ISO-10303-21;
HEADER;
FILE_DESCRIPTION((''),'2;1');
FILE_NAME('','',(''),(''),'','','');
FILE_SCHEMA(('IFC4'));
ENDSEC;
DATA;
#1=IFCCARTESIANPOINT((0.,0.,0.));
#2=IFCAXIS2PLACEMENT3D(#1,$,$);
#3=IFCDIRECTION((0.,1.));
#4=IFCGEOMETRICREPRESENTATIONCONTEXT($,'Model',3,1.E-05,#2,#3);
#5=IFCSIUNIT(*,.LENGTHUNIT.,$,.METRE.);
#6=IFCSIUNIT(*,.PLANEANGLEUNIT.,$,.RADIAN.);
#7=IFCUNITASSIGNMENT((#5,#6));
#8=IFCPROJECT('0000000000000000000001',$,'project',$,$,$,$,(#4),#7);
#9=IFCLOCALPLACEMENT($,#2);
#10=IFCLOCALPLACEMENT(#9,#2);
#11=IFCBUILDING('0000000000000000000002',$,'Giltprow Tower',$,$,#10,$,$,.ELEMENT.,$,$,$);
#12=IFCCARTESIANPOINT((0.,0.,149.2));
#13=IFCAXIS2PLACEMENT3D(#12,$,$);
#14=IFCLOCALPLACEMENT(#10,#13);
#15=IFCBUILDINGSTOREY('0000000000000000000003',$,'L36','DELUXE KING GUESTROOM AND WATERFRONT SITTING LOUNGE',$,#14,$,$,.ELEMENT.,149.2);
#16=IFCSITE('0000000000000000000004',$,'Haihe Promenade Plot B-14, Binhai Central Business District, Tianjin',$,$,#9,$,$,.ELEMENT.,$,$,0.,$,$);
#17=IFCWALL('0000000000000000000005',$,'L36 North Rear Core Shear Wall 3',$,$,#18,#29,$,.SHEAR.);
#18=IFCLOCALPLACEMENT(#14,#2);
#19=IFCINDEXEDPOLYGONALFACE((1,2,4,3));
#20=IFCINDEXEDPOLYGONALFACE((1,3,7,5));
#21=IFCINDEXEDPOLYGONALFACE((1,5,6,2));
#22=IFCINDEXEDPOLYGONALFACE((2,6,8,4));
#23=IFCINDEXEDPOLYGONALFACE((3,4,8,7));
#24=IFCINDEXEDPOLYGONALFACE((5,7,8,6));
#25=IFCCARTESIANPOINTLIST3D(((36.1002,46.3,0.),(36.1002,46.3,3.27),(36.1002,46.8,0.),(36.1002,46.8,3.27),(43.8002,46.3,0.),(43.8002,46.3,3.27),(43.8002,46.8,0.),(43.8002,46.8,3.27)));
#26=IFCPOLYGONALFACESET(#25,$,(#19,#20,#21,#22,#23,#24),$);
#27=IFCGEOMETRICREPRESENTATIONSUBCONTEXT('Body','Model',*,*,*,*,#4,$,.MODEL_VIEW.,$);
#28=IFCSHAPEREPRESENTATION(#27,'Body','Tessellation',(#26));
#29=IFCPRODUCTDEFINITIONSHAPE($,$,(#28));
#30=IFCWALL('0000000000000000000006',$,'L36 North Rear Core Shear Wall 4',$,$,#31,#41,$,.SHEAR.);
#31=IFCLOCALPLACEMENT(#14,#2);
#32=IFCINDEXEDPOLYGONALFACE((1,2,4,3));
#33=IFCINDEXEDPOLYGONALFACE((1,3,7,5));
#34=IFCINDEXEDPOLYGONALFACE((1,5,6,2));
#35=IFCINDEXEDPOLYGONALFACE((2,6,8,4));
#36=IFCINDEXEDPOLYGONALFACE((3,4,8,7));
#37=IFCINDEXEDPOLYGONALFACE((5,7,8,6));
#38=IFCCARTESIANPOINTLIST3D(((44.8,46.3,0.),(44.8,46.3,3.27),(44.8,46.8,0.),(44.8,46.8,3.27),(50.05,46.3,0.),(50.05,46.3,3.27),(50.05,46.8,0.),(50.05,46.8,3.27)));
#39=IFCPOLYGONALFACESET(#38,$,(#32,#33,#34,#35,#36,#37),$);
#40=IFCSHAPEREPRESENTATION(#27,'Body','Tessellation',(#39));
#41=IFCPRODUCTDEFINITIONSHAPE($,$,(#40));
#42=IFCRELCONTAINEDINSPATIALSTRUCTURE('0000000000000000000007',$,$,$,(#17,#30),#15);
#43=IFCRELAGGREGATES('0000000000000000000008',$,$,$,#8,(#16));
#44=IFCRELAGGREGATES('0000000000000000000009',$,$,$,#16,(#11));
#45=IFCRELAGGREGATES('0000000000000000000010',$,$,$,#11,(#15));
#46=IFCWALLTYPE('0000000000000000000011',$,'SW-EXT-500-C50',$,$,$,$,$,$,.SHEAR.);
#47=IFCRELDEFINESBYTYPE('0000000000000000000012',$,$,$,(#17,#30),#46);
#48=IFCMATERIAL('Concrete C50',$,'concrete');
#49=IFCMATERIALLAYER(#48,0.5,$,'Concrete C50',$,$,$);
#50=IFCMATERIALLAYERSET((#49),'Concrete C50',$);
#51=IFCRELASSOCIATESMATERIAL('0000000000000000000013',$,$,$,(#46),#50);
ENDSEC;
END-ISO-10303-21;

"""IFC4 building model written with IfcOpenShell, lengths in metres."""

from ifc_helpers import new_model, si_unit, direction, frame, frame_2d, origin, place, context, subcontext, project, spatial, rectangle, extrude, material, layer, layer_set, type_object, element, save


model = new_model("IFC4")

# Units and contexts
model_context = context("Model", 3, precision=1e-05, world=origin(), true_north=direction((0.0, 1.0)))
body_context = subcontext(model_context, "Body", "Model", "MODEL_VIEW")
ifc_project = project(units=[si_unit("LENGTHUNIT", "METRE"), si_unit("PLANEANGLEUNIT", "RADIAN")], contexts=[model_context])

# Site, building, storey
site_placement = place(None, origin())
site = spatial("IfcSite", under=ifc_project, at=site_placement, Name="Haihe Promenade Plot B-14, Binhai Central Business District, Tianjin", CompositionType="ELEMENT", RefElevation=0.0)
building_placement = place(site_placement, origin())
building = spatial("IfcBuilding", under=site, at=building_placement, Name="Giltprow Tower", CompositionType="ELEMENT")
storey_placement = place(building_placement, frame((0.0, 0.0, 149.2)))
storey = spatial("IfcBuildingStorey", under=building, at=storey_placement, Name="L36", Description="DELUXE KING GUESTROOM AND WATERFRONT SITTING LOUNGE", CompositionType="ELEMENT", Elevation=149.2)

# Shared definitions
ifc_material_1 = material(Name="Concrete C50", Category="concrete")

# Walls
ifc_layer_1 = layer(ifc_material_1, 0.5, Name="Concrete C50")
ifc_layer_set_1 = layer_set([ifc_layer_1], Name="Concrete C50")
wall_type_1 = type_object("IfcWallType", Name="SW-EXT-500-C50", PredefinedType="SHEAR", material=ifc_layer_set_1)
wall_1_placement = place(storey_placement, frame((36.1001, 46.55, 0.0), z_axis=(0.0, 0.0, 1.0), x_axis=(1.0, 0.0, 0.0)))
element("IfcWall", 1, at=wall_1_placement, inside=storey, type_object=wall_type_1, Name="L36 North Rear Core Shear Wall 3", PredefinedType="SHEAR", context=body_context, shape_type="SweptSolid", body=[
    extrude(rectangle(XDim=7.7, YDim=0.5, at=frame_2d((3.8501, 0.0))), origin(), (0.0, 0.0, 1.0), 3.27),
])
wall_2_placement = place(storey_placement, frame((44.8, 46.55, 0.0), z_axis=(0.0, 0.0, 1.0), x_axis=(1.0, 0.0, 0.0)))
element("IfcWall", 2, at=wall_2_placement, inside=storey, type_object=wall_type_1, Name="L36 North Rear Core Shear Wall 4", PredefinedType="SHEAR", context=body_context, shape_type="SweptSolid", body=[
    extrude(rectangle(XDim=5.25, YDim=0.5, at=frame_2d((2.625, 0.0))), origin(), (0.0, 0.0, 1.0), 3.27),
])

save(model, "model.ifc")
